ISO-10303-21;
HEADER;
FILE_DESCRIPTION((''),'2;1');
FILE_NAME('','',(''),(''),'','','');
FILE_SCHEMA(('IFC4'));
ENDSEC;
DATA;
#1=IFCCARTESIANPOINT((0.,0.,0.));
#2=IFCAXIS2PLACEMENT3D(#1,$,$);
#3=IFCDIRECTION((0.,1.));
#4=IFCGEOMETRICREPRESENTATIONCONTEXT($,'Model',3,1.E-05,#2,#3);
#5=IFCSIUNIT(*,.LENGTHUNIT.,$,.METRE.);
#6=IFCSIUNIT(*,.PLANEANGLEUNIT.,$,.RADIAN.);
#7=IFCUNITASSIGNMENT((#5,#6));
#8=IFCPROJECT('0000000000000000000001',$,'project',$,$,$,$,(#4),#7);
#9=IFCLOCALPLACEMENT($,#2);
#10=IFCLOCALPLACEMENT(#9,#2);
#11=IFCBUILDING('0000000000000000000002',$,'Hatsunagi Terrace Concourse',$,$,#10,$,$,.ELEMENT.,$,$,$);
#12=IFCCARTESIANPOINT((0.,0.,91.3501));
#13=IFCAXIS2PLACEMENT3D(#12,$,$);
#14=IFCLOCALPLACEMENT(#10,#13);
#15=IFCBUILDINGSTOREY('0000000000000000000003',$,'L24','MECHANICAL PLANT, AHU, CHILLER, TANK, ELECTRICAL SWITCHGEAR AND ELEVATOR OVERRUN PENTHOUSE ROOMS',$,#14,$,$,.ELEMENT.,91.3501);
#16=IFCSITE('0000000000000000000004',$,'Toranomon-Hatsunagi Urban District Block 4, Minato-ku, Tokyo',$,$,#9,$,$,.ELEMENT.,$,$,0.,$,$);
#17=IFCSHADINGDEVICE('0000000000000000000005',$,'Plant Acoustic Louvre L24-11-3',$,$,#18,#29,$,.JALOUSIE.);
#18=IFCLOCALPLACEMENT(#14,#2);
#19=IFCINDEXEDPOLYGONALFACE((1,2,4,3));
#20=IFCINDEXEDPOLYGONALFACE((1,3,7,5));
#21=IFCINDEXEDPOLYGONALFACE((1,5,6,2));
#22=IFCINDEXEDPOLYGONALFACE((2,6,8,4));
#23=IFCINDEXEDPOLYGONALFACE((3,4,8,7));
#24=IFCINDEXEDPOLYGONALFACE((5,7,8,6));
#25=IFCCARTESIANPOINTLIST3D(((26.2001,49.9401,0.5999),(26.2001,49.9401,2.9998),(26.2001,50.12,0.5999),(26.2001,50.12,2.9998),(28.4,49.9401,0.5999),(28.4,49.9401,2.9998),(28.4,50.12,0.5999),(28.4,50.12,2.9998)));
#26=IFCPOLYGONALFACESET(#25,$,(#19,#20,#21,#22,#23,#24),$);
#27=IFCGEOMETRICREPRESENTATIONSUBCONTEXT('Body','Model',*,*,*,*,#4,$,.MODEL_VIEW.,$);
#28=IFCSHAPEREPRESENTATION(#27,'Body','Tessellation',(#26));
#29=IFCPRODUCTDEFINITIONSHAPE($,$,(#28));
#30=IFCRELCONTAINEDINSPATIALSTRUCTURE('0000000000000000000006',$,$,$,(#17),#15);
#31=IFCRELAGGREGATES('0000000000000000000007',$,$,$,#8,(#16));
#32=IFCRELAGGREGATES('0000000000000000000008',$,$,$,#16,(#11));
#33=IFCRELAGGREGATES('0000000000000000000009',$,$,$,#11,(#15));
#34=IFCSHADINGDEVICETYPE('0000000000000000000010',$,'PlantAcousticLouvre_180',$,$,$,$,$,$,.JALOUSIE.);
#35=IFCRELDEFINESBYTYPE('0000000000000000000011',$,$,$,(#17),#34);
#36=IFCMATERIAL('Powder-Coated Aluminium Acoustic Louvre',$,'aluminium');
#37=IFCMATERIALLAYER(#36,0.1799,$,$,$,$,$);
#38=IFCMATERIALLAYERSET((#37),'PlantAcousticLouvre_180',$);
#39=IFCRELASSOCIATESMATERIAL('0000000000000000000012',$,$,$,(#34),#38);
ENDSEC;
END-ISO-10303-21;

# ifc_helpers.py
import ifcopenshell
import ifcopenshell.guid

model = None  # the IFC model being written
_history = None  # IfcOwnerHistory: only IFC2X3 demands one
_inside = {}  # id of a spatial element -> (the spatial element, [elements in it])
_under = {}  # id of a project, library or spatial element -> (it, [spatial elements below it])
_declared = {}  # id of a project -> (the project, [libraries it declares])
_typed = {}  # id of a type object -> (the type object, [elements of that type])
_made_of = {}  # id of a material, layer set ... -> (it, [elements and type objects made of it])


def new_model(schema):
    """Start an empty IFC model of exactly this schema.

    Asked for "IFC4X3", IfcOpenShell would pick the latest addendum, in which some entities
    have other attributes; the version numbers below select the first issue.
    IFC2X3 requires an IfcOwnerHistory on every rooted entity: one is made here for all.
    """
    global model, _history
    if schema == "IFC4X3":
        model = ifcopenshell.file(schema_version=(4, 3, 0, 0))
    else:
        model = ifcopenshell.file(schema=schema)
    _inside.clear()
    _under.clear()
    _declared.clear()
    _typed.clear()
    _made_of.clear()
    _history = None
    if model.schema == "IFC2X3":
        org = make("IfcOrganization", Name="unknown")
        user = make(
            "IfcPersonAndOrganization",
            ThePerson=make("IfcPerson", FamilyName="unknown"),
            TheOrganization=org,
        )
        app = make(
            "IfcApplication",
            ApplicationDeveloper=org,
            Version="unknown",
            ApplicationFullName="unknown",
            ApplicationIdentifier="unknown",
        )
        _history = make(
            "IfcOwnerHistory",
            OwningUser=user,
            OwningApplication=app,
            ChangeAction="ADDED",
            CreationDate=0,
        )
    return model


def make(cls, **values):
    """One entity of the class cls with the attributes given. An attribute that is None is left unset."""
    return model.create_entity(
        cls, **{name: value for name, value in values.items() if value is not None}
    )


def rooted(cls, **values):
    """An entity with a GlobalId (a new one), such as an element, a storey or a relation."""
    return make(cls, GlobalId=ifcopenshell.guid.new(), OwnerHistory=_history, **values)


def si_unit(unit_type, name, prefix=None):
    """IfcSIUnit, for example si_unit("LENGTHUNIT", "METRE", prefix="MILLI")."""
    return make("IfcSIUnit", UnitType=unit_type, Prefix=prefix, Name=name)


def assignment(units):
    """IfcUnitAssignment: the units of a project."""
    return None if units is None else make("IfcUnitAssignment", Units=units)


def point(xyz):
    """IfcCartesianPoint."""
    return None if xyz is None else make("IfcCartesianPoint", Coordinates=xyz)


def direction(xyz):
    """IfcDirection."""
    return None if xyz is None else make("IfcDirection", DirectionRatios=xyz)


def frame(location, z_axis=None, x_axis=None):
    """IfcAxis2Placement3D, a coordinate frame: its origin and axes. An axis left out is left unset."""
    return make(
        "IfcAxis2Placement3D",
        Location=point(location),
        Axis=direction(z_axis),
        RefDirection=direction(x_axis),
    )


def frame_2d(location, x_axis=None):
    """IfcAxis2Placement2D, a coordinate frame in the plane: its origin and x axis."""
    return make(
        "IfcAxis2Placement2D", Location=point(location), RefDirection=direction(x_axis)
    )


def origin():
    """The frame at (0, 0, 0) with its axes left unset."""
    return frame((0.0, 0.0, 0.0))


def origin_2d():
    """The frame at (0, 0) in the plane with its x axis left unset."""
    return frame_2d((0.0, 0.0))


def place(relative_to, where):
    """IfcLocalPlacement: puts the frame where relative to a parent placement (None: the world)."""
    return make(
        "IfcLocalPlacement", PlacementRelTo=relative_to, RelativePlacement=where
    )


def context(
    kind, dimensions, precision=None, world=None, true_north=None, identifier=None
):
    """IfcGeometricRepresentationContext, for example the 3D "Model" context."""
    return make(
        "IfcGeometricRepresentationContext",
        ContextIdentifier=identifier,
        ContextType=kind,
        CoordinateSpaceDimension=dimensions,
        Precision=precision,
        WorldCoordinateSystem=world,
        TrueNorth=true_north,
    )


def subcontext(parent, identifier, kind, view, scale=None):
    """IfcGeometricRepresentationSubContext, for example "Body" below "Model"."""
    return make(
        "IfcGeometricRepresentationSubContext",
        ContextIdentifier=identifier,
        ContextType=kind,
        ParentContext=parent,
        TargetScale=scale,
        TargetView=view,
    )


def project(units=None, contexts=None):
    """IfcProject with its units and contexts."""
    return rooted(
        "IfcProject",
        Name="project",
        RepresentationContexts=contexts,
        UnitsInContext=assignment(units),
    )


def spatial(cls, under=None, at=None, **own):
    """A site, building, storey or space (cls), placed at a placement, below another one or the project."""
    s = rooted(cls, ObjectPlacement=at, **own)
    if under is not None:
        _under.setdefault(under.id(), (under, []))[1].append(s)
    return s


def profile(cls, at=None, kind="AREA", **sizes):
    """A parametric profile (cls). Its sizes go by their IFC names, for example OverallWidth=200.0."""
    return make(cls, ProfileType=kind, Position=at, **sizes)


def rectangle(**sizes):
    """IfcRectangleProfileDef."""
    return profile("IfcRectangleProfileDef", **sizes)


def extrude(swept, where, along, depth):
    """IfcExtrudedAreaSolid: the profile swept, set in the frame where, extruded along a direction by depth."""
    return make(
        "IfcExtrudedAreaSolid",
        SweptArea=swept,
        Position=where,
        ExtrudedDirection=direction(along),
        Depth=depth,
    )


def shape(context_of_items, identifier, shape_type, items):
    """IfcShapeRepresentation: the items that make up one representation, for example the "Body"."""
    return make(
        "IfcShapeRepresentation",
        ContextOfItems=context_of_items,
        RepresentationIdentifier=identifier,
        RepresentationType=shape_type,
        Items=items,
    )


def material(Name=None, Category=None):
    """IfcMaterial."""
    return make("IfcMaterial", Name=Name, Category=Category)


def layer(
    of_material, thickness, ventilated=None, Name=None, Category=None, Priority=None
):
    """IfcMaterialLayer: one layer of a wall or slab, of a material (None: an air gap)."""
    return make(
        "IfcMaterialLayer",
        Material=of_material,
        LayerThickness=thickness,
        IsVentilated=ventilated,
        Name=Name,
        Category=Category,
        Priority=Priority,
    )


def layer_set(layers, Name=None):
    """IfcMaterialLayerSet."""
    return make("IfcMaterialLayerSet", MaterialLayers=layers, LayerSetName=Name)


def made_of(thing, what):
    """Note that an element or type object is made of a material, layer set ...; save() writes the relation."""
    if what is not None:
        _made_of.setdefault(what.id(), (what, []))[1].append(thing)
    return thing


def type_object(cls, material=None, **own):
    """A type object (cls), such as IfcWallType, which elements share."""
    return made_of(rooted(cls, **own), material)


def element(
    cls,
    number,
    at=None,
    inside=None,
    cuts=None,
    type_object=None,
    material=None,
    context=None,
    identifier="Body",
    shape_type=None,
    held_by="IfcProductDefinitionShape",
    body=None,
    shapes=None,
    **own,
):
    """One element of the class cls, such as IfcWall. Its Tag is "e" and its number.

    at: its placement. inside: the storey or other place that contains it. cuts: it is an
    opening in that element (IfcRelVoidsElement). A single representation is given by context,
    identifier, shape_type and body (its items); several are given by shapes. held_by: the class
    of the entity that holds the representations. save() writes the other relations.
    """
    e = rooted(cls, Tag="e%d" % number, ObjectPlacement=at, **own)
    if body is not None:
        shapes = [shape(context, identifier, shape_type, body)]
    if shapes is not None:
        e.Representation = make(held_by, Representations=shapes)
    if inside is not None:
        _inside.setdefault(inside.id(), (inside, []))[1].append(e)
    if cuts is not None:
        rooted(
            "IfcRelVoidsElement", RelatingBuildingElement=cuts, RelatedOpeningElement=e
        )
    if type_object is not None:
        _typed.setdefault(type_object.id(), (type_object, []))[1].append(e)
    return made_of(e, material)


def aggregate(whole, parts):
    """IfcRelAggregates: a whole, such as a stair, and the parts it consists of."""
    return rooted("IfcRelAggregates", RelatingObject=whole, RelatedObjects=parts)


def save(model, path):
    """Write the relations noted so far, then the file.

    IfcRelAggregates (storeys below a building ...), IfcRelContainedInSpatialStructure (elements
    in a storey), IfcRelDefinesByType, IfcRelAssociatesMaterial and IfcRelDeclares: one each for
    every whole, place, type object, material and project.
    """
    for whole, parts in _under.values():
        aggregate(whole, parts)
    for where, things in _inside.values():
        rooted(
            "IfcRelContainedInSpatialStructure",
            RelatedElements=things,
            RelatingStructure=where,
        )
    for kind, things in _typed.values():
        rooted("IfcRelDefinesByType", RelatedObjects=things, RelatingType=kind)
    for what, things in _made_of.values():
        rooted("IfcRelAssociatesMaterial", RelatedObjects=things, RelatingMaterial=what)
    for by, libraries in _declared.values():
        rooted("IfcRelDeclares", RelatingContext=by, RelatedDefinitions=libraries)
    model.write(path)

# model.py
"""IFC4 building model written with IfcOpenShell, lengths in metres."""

from ifc_helpers import new_model, si_unit, direction, frame, origin, origin_2d, place, context, subcontext, project, spatial, rectangle, extrude, material, layer, layer_set, type_object, element, save


model = new_model("IFC4")

# Units and contexts
model_context = context("Model", 3, precision=1e-05, world=origin(), true_north=direction((0.0, 1.0)))
body_context = subcontext(model_context, "Body", "Model", "MODEL_VIEW")
ifc_project = project(units=[si_unit("LENGTHUNIT", "METRE"), si_unit("PLANEANGLEUNIT", "RADIAN")], contexts=[model_context])

# Site, building, storey
site_placement = place(None, origin())
site = spatial("IfcSite", under=ifc_project, at=site_placement, Name="Toranomon-Hatsunagi Urban District Block 4, Minato-ku, Tokyo", CompositionType="ELEMENT", RefElevation=0.0)
building_placement = place(site_placement, origin())
building = spatial("IfcBuilding", under=site, at=building_placement, Name="Hatsunagi Terrace Concourse", CompositionType="ELEMENT")
storey_placement = place(building_placement, frame((0.0, 0.0, 91.3501)))
storey = spatial("IfcBuildingStorey", under=building, at=storey_placement, Name="L24", Description="MECHANICAL PLANT, AHU, CHILLER, TANK, ELECTRICAL SWITCHGEAR AND ELEVATOR OVERRUN PENTHOUSE ROOMS", CompositionType="ELEMENT", Elevation=91.3501)

# Shading device
ifc_material_1 = material(Name="Powder-Coated Aluminium Acoustic Louvre", Category="aluminium")
ifc_layer_1 = layer(ifc_material_1, 0.1799)
ifc_layer_set_1 = layer_set([ifc_layer_1], Name="PlantAcousticLouvre_180")
shading_device_type = type_object("IfcShadingDeviceType", Name="PlantAcousticLouvre_180", PredefinedType="JALOUSIE", material=ifc_layer_set_1)
shading_device_placement = place(storey_placement, frame((27.3, 50.03, 0.5999), z_axis=(0.0, 0.0, 1.0), x_axis=(1.0, 0.0, 0.0)))
element("IfcShadingDevice", 1, at=shading_device_placement, inside=storey, type_object=shading_device_type, Name="Plant Acoustic Louvre L24-11-3", PredefinedType="JALOUSIE", context=body_context, shape_type="SweptSolid", body=[
    extrude(rectangle(XDim=2.2, YDim=0.1799, at=origin_2d()), origin(), (0.0, 0.0, 1.0), 2.3999),
])

save(model, "model.ifc")
